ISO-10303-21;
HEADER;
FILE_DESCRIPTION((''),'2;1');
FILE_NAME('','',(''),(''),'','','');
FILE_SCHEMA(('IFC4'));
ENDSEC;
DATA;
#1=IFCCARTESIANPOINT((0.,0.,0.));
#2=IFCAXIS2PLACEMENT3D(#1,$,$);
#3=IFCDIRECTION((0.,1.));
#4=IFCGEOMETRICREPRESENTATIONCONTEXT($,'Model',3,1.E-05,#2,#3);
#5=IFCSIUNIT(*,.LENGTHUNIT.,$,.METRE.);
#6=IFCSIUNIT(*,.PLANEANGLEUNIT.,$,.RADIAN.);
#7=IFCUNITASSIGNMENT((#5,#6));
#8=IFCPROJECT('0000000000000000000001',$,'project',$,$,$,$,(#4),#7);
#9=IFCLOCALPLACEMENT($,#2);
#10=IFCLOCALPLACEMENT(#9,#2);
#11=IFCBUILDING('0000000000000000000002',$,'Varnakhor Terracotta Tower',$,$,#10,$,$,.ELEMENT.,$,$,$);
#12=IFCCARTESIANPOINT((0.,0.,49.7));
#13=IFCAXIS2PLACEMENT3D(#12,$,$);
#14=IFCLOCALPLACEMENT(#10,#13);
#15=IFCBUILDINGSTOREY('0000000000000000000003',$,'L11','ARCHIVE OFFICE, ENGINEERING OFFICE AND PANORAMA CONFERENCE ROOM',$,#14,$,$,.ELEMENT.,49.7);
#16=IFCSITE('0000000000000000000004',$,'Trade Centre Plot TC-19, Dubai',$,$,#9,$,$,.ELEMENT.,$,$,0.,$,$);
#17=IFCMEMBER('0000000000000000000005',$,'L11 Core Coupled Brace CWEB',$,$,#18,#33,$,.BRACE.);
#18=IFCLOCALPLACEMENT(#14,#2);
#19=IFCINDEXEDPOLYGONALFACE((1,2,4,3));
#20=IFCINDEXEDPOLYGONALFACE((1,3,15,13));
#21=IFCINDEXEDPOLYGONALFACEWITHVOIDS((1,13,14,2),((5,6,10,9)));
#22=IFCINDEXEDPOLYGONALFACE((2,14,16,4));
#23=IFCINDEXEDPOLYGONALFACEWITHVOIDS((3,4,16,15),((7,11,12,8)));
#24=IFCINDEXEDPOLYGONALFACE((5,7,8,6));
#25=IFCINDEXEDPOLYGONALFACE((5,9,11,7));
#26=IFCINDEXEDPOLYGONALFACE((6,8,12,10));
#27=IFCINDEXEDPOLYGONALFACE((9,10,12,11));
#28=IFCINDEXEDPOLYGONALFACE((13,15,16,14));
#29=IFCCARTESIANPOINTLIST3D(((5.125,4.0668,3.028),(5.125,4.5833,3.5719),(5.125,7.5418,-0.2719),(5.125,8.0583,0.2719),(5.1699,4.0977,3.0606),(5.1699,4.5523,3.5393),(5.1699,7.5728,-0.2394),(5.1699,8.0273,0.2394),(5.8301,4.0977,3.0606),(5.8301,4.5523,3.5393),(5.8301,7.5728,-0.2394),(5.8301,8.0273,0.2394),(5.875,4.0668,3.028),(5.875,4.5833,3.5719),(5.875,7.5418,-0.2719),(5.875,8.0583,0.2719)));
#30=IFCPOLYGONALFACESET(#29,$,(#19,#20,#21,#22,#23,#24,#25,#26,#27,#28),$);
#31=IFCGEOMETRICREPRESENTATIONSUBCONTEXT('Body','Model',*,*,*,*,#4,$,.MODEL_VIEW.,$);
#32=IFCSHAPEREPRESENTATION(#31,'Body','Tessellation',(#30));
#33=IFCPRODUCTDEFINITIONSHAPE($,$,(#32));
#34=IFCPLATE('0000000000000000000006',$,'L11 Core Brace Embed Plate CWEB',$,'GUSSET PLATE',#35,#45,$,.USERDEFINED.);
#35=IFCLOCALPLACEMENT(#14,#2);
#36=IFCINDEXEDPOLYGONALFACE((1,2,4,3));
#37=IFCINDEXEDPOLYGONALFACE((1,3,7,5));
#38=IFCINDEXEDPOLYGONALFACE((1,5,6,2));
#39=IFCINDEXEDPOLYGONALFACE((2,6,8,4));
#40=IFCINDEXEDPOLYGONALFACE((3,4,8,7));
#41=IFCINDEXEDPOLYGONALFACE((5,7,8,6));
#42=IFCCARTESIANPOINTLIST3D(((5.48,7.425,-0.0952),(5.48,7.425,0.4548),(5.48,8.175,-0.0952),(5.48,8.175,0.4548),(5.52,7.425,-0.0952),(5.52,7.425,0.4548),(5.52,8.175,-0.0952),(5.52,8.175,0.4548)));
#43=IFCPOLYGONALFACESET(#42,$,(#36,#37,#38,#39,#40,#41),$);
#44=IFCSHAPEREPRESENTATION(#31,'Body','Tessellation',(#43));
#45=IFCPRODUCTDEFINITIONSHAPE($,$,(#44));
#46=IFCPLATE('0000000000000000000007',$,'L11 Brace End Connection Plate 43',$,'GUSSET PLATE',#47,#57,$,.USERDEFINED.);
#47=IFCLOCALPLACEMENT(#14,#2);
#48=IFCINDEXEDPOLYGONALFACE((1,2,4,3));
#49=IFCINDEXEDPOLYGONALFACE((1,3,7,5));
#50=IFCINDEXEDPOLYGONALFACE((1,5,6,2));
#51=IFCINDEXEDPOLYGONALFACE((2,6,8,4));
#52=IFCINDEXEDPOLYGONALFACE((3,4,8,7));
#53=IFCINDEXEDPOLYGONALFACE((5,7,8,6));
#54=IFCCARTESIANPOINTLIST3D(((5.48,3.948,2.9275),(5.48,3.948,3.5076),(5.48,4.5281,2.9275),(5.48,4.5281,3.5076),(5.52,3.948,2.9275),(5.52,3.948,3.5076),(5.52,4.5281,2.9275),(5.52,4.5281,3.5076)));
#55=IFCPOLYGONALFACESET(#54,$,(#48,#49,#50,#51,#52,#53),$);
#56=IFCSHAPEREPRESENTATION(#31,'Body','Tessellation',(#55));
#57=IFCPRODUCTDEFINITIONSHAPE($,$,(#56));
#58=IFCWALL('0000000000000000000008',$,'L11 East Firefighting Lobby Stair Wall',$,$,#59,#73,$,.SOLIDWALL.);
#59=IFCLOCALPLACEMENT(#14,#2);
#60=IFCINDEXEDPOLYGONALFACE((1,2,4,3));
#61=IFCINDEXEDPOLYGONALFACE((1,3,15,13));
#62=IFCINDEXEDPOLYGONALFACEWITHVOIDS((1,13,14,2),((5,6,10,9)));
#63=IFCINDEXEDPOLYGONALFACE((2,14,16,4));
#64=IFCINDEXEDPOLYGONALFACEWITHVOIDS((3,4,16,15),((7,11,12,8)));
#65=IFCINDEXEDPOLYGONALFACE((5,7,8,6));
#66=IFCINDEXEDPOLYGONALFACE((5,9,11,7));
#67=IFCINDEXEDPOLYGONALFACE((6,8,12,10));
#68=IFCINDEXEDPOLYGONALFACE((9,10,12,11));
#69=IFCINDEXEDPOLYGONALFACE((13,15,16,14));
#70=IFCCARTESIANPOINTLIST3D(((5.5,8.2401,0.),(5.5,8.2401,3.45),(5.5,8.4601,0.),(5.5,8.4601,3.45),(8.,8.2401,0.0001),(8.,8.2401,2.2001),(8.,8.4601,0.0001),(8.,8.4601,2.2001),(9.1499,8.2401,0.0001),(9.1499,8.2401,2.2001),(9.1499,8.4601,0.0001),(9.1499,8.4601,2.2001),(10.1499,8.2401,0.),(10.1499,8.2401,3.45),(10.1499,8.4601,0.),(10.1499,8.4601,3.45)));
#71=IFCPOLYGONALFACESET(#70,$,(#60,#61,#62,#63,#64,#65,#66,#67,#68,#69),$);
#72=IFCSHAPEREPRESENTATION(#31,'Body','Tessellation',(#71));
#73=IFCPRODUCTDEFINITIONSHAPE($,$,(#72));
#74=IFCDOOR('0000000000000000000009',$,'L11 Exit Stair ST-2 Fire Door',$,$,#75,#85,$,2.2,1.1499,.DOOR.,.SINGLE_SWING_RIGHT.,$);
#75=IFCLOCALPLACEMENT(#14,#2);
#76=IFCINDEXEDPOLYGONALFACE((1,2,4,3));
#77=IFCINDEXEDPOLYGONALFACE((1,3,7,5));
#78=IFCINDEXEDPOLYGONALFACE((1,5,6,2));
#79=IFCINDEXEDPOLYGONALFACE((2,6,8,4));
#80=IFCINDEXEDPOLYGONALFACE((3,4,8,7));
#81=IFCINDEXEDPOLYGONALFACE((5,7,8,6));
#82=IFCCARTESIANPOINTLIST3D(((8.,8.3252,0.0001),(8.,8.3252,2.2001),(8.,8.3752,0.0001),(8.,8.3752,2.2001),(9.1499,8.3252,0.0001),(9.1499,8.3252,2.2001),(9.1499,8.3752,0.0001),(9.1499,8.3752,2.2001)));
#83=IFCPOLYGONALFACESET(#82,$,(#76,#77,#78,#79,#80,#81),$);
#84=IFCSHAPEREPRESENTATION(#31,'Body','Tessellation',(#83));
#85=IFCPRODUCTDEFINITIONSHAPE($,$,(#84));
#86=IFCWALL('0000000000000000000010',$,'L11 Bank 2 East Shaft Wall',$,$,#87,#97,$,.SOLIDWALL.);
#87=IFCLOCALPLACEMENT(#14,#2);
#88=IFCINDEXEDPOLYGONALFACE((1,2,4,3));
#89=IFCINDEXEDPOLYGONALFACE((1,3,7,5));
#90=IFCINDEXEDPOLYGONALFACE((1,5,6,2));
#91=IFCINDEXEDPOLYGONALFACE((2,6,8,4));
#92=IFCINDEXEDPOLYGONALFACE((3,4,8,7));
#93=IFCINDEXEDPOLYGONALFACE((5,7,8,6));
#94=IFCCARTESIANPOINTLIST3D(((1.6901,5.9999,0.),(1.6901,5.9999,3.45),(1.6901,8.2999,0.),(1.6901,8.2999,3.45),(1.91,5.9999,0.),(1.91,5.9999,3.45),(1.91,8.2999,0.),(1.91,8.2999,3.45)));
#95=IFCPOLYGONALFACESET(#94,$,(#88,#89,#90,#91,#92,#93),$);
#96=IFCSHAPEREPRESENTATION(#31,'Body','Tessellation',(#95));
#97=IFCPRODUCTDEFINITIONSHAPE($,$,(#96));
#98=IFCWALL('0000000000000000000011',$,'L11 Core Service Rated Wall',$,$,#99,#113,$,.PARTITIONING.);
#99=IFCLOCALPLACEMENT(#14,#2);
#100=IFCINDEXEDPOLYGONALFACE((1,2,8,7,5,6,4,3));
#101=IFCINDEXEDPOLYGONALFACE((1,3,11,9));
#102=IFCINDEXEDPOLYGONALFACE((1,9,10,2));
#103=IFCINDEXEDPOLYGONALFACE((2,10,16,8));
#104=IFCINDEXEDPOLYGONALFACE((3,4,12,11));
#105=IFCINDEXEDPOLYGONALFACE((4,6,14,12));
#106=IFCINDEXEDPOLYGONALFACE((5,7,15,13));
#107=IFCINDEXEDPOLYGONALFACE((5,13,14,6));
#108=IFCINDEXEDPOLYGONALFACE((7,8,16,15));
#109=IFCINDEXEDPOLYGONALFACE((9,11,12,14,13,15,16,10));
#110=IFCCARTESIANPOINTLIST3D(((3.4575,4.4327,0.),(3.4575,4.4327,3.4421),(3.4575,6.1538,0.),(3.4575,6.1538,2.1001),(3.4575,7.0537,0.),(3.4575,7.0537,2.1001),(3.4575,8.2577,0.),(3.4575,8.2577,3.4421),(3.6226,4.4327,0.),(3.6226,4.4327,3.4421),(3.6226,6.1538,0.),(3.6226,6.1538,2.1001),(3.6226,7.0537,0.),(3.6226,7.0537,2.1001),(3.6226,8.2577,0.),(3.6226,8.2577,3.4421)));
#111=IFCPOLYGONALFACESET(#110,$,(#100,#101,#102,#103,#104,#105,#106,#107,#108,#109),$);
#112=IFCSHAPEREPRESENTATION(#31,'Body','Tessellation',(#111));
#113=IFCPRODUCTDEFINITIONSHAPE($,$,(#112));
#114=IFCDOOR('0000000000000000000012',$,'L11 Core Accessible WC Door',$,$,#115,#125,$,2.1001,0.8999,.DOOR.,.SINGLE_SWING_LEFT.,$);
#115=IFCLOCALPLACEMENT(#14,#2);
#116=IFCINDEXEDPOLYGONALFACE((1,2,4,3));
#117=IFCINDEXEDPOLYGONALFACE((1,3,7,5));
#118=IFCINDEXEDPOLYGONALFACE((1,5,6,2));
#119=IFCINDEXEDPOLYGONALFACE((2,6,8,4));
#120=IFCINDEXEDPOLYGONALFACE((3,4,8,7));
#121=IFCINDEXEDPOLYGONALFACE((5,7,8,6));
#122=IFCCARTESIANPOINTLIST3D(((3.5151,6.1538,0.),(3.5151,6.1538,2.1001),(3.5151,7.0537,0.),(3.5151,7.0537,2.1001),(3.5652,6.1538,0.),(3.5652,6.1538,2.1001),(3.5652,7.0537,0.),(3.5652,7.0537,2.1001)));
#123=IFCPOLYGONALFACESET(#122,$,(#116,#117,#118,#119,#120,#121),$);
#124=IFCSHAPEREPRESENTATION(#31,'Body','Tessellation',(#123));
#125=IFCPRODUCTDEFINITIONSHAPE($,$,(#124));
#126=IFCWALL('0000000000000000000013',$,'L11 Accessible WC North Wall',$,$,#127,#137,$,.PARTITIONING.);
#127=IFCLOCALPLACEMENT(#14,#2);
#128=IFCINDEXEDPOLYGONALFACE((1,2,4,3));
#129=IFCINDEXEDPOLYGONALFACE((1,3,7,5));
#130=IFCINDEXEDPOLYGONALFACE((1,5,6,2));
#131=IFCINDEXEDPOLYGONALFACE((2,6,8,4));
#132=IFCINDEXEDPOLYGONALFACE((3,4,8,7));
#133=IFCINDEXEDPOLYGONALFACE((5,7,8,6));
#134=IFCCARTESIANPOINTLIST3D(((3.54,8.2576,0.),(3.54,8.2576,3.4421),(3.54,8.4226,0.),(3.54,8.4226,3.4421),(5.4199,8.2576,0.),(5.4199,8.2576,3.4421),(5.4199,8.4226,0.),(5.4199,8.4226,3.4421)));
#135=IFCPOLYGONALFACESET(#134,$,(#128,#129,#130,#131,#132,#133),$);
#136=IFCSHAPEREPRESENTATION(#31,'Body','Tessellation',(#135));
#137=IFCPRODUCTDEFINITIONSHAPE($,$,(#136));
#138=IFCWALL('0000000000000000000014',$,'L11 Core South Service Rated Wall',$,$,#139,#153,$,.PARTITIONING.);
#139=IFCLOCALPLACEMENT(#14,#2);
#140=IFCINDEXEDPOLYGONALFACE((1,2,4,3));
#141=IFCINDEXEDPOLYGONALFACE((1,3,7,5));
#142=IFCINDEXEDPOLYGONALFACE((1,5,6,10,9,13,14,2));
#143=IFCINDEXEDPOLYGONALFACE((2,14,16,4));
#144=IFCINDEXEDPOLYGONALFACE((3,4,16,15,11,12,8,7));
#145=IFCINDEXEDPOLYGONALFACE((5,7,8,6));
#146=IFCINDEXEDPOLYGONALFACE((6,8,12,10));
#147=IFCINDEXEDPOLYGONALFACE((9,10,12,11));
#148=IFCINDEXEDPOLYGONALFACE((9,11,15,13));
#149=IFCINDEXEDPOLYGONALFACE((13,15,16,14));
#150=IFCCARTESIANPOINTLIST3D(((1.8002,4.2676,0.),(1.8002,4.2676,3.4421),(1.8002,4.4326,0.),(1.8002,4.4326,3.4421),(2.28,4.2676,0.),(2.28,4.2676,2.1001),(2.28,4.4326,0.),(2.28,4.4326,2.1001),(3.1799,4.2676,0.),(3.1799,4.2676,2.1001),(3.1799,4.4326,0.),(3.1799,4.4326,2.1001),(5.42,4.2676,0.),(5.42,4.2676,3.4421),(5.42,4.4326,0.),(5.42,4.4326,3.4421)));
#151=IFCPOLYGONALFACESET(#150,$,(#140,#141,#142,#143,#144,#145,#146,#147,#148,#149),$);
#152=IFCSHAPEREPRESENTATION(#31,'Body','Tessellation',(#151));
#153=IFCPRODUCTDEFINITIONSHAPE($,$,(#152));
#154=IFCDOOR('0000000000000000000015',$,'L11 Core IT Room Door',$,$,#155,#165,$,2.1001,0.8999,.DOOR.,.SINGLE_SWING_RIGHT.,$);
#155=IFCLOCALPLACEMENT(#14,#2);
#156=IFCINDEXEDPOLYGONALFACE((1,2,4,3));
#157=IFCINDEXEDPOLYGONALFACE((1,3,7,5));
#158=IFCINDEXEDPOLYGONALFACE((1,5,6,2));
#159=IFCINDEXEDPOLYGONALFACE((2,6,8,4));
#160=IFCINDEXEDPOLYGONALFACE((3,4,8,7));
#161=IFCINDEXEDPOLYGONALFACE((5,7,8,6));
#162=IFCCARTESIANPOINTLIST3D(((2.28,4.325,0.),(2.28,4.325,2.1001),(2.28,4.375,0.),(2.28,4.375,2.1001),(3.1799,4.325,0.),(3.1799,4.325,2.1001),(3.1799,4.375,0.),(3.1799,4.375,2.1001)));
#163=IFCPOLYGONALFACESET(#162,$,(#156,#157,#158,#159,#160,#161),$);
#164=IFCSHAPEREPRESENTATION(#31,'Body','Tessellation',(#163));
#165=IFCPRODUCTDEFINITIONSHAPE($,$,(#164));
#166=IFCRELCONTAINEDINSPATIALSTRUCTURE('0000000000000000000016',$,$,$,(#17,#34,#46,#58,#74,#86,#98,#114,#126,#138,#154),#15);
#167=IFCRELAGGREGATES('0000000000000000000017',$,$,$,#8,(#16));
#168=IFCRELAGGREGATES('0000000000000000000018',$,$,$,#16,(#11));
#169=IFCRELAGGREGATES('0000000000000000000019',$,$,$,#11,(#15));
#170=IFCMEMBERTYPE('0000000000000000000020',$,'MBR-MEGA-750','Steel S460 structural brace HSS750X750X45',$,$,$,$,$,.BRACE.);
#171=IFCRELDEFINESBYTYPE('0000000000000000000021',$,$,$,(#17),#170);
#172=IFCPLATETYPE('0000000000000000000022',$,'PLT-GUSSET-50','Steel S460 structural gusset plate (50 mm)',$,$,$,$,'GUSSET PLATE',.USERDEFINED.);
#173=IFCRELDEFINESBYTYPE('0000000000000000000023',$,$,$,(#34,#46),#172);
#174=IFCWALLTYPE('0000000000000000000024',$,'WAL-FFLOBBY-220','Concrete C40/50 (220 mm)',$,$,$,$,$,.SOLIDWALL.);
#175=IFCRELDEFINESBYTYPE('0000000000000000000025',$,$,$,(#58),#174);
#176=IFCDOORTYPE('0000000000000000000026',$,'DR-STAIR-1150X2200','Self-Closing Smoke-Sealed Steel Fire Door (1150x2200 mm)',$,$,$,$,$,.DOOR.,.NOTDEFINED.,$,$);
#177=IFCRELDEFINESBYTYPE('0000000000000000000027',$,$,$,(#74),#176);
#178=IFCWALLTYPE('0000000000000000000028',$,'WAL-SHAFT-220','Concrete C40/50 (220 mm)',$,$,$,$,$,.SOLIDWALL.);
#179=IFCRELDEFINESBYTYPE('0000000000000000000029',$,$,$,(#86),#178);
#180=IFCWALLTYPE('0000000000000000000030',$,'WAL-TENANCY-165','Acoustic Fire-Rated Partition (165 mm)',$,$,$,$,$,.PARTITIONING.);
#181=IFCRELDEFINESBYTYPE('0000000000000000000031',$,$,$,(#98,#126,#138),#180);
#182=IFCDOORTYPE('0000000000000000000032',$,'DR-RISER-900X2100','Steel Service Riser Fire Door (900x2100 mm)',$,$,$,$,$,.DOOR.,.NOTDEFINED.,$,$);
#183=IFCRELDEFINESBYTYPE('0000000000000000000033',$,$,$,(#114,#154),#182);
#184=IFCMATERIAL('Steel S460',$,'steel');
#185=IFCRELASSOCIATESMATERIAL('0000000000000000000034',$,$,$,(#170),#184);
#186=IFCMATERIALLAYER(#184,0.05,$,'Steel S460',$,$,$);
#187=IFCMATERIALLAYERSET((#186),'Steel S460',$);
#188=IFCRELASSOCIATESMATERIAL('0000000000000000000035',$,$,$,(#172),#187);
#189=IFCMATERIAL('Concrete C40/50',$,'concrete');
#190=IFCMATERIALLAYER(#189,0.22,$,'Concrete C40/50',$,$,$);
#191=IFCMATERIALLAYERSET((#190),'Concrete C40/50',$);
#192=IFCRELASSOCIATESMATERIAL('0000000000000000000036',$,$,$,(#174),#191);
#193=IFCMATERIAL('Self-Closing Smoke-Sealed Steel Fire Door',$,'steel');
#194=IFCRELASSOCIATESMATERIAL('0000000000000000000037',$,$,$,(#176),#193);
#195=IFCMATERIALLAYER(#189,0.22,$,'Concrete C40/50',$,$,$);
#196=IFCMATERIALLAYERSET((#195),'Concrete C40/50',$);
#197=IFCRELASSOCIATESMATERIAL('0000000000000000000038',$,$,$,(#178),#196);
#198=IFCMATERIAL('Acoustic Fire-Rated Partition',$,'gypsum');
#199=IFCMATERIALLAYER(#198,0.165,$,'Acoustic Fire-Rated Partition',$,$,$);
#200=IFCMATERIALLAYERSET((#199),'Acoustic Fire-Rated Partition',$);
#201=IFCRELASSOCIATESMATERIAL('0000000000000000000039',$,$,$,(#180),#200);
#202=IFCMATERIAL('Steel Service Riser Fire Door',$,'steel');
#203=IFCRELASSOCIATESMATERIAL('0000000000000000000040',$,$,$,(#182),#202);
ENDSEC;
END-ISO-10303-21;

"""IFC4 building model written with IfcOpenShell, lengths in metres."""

from ifc_helpers import new_model, si_unit, direction, frame, frame_2d, origin, origin_2d, place, context, subcontext, project, spatial, rectangle, hollow_rectangle, extrude, source, transform, mapped, material, layer, layer_set, material_profile, profile_set, type_object, type_shapes, element, fill, save


model = new_model("IFC4")

# Units and contexts
model_context = context("Model", 3, precision=1e-05, world=origin(), true_north=direction((0.0, 1.0)))
body_context = subcontext(model_context, "Body", "Model", "MODEL_VIEW")
ifc_project = project(units=[si_unit("LENGTHUNIT", "METRE"), si_unit("PLANEANGLEUNIT", "RADIAN")], contexts=[model_context])

# Site, building, storey
site_placement = place(None, origin())
site = spatial("IfcSite", under=ifc_project, at=site_placement, Name="Trade Centre Plot TC-19, Dubai", CompositionType="ELEMENT", RefElevation=0.0)
building_placement = place(site_placement, origin())
building = spatial("IfcBuilding", under=site, at=building_placement, Name="Varnakhor Terracotta Tower", CompositionType="ELEMENT")
storey_placement = place(building_placement, frame((0.0, 0.0, 49.7)))
storey = spatial("IfcBuildingStorey", under=building, at=storey_placement, Name="L11", Description="ARCHIVE OFFICE, ENGINEERING OFFICE AND PANORAMA CONFERENCE ROOM", CompositionType="ELEMENT", Elevation=49.7)

# Member
ifc_material_1 = material(Name="Steel S460", Category="steel")
ifc_material_profile = material_profile(ifc_material_1, hollow_rectangle(XDim=0.75, YDim=0.75, WallThickness=0.0449, at=origin_2d()), Name="HSS750X750X45")
ifc_profile_set = profile_set([ifc_material_profile], Name="Steel S460")
member_type = type_object("IfcMemberType", Name="MBR-MEGA-750", Description="Steel S460 structural brace HSS750X750X45", PredefinedType="BRACE", material=ifc_profile_set)
shared_shape_1 = source(origin(), body_context, "Body", "SweptSolid", [
    extrude(hollow_rectangle(XDim=0.75, YDim=0.75, WallThickness=0.0449, at=origin_2d()), origin(), (0.0, 0.0, 1.0), 4.7922),
])
member_placement = place(storey_placement, frame((5.5, 7.8, 0.0), z_axis=(0.0, -0.725134, 0.688608), x_axis=(1.0, 0.0, 0.0)))
element("IfcMember", 1, at=member_placement, inside=storey, type_object=member_type, Name="L11 Core Coupled Brace CWEB", PredefinedType="BRACE", context=body_context, shape_type="MappedRepresentation", body=[
    mapped(shared_shape_1, transform((0.0, 0.0, 0.0), scale=1.0)),
])

# Plates
ifc_layer_1 = layer(ifc_material_1, 0.05, Name="Steel S460")
ifc_layer_set_1 = layer_set([ifc_layer_1], Name="Steel S460")
plate_type = type_object("IfcPlateType", Name="PLT-GUSSET-50", Description="Steel S460 structural gusset plate (50 mm)", ElementType="GUSSET PLATE", PredefinedType="USERDEFINED", material=ifc_layer_set_1)
shared_shape_2 = source(origin(), body_context, "Body", "SweptSolid", [
    extrude(rectangle(XDim=0.75, YDim=0.04, at=origin_2d()), origin(), (0.0, 0.0, 1.0), 0.55),
])
type_shapes(plate_type, [shared_shape_2])
plate_1_placement = place(storey_placement, frame((5.5, 7.8, -0.0952), z_axis=(0.0, 0.0, 1.0), x_axis=(0.0, 1.0, 0.0)))
element("IfcPlate", 2, at=plate_1_placement, inside=storey, type_object=plate_type, Name="L11 Core Brace Embed Plate CWEB", ObjectType="GUSSET PLATE", PredefinedType="USERDEFINED", context=body_context, shape_type="MappedRepresentation", body=[
    mapped(shared_shape_2, transform((0.0, 0.0, 0.0), scale=1.0)),
])
shared_shape_3 = source(origin(), body_context, "Body", "SweptSolid", [
    extrude(rectangle(XDim=0.5801, YDim=0.04, at=origin_2d()), origin(), (0.0, 0.0, 1.0), 0.5801),
])
plate_2_placement = place(storey_placement, frame((5.5, 4.238, 2.9275), z_axis=(0.0, 0.0, 1.0), x_axis=(0.0, 1.0, 0.0)))
element("IfcPlate", 3, at=plate_2_placement, inside=storey, type_object=plate_type, Name="L11 Brace End Connection Plate 43", ObjectType="GUSSET PLATE", PredefinedType="USERDEFINED", context=body_context, shape_type="MappedRepresentation", body=[
    mapped(shared_shape_3, transform((0.0, 0.0, 0.0), scale=1.0)),
])

# Wall, opening, door
ifc_material_2 = material(Name="Concrete C40/50", Category="concrete")
ifc_layer_2 = layer(ifc_material_2, 0.22, Name="Concrete C40/50")
ifc_layer_set_2 = layer_set([ifc_layer_2], Name="Concrete C40/50")
wall_type_1 = type_object("IfcWallType", Name="WAL-FFLOBBY-220", Description="Concrete C40/50 (220 mm)", PredefinedType="SOLIDWALL", material=ifc_layer_set_2)
wall_1_placement = place(storey_placement, frame((10.1499, 8.3501, 0.0), z_axis=(0.0, 0.0, 1.0), x_axis=(-1.0, 0.0, 0.0)))
wall_1 = element("IfcWall", 4, at=wall_1_placement, inside=storey, type_object=wall_type_1, Name="L11 East Firefighting Lobby Stair Wall", PredefinedType="SOLIDWALL", context=body_context, shape_type="SweptSolid", body=[
    extrude(rectangle(XDim=4.6499, YDim=0.22, at=frame_2d((2.325, 0.0))), origin(), (0.0, 0.0, 1.0), 3.45),
])
opening_1_placement = place(wall_1_placement, frame((1.0, 0.0, 0.0)))
opening_1 = element("IfcOpeningElement", 5, at=opening_1_placement, cuts=wall_1, PredefinedType="OPENING", context=body_context, shape_type="SweptSolid", body=[
    extrude(rectangle(XDim=1.1499, YDim=2.2, at=frame_2d((0.575, 1.1001))), frame((0.0, 0.1201, 0.0), z_axis=(0.0, -1.0, 0.0), x_axis=(1.0, 0.0, 0.0)), (0.0, 0.0, 1.0), 0.24),
])
ifc_material_3 = material(Name="Self-Closing Smoke-Sealed Steel Fire Door", Category="steel")
door_type_1 = type_object("IfcDoorType", Name="DR-STAIR-1150X2200", Description="Self-Closing Smoke-Sealed Steel Fire Door (1150x2200 mm)", OperationType="NOTDEFINED", PredefinedType="DOOR", material=ifc_material_3)
shared_shape_4 = source(origin(), body_context, "Body", "SweptSolid", [
    extrude(rectangle(XDim=1.1499, YDim=2.2, at=frame_2d((0.575, 1.1001))), frame((0.0, 0.0249, 0.0), z_axis=(0.0, -1.0, 0.0), x_axis=(1.0, 0.0, 0.0)), (0.0, 0.0, 1.0), 0.05),
])
type_shapes(door_type_1, [shared_shape_4])
door_1_placement = place(opening_1_placement, origin())
door_1 = element("IfcDoor", 6, at=door_1_placement, inside=storey, type_object=door_type_1, Name="L11 Exit Stair ST-2 Fire Door", OperationType="SINGLE_SWING_RIGHT", OverallHeight=2.2, OverallWidth=1.1499, PredefinedType="DOOR", context=body_context, shape_type="MappedRepresentation", body=[
    mapped(shared_shape_4, transform((0.0, 0.0, 0.0), scale=1.0)),
])
fill(opening_1, door_1)

# Wall
ifc_layer_3 = layer(ifc_material_2, 0.22, Name="Concrete C40/50")
ifc_layer_set_3 = layer_set([ifc_layer_3], Name="Concrete C40/50")
wall_type_2 = type_object("IfcWallType", Name="WAL-SHAFT-220", Description="Concrete C40/50 (220 mm)", PredefinedType="SOLIDWALL", material=ifc_layer_set_3)
wall_2_placement = place(storey_placement, frame((1.8, 6.0, 0.0), z_axis=(0.0, 0.0, 1.0), x_axis=(0.0, 1.0, 0.0)))
element("IfcWall", 7, at=wall_2_placement, inside=storey, type_object=wall_type_2, Name="L11 Bank 2 East Shaft Wall", PredefinedType="SOLIDWALL", context=body_context, shape_type="SweptSolid", body=[
    extrude(rectangle(XDim=2.3, YDim=0.22, at=frame_2d((1.1499, 0.0))), origin(), (0.0, 0.0, 1.0), 3.45),
])

# Wall, opening, door
ifc_material_4 = material(Name="Acoustic Fire-Rated Partition", Category="gypsum")
ifc_layer_4 = layer(ifc_material_4, 0.165, Name="Acoustic Fire-Rated Partition")
ifc_layer_set_4 = layer_set([ifc_layer_4], Name="Acoustic Fire-Rated Partition")
wall_type_3 = type_object("IfcWallType", Name="WAL-TENANCY-165", Description="Acoustic Fire-Rated Partition (165 mm)", PredefinedType="PARTITIONING", material=ifc_layer_set_4)
wall_3_placement = place(storey_placement, frame((3.54, 4.4326, 0.0), z_axis=(0.0, 0.0, 1.0), x_axis=(0.0, 1.0, 0.0)))
wall_3 = element("IfcWall", 8, at=wall_3_placement, inside=storey, type_object=wall_type_3, Name="L11 Core Service Rated Wall", PredefinedType="PARTITIONING", context=body_context, shape_type="SweptSolid", body=[
    extrude(rectangle(XDim=3.825, YDim=0.165, at=frame_2d((1.9126, 0.0))), origin(), (0.0, 0.0, 1.0), 3.4421),
])
opening_2_placement = place(wall_3_placement, frame((1.7212, 0.0, 0.0)))
opening_2 = element("IfcOpeningElement", 9, at=opening_2_placement, cuts=wall_3, PredefinedType="OPENING", context=body_context, shape_type="SweptSolid", body=[
    extrude(rectangle(XDim=0.8999, YDim=2.1001, at=frame_2d((0.45, 1.05))), frame((0.0, 0.0925, 0.0), z_axis=(0.0, -1.0, 0.0), x_axis=(1.0, 0.0, 0.0)), (0.0, 0.0, 1.0), 0.1851),
])
ifc_material_5 = material(Name="Steel Service Riser Fire Door", Category="steel")
door_type_2 = type_object("IfcDoorType", Name="DR-RISER-900X2100", Description="Steel Service Riser Fire Door (900x2100 mm)", OperationType="NOTDEFINED", PredefinedType="DOOR", material=ifc_material_5)
shared_shape_5 = source(origin(), body_context, "Body", "SweptSolid", [
    extrude(rectangle(XDim=0.8999, YDim=2.1001, at=frame_2d((0.45, 1.05))), frame((0.0, 0.0249, 0.0), z_axis=(0.0, -1.0, 0.0), x_axis=(1.0, 0.0, 0.0)), (0.0, 0.0, 1.0), 0.05),
])
type_shapes(door_type_2, [shared_shape_5])
door_2_placement = place(opening_2_placement, origin())
door_2 = element("IfcDoor", 10, at=door_2_placement, inside=storey, type_object=door_type_2, Name="L11 Core Accessible WC Door", OperationType="SINGLE_SWING_LEFT", OverallHeight=2.1001, OverallWidth=0.8999, PredefinedType="DOOR", context=body_context, shape_type="MappedRepresentation", body=[
    mapped(shared_shape_5, transform((0.0, 0.0, 0.0), scale=1.0)),
])
fill(opening_2, door_2)

# Wall
wall_4_placement = place(storey_placement, frame((3.54, 8.3401, 0.0), z_axis=(0.0, 0.0, 1.0), x_axis=(1.0, 0.0, 0.0)))
element("IfcWall", 11, at=wall_4_placement, inside=storey, type_object=wall_type_3, Name="L11 Accessible WC North Wall", PredefinedType="PARTITIONING", context=body_context, shape_type="SweptSolid", body=[
    extrude(rectangle(XDim=1.8799, YDim=0.165, at=frame_2d((0.9399, 0.0))), origin(), (0.0, 0.0, 1.0), 3.4421),
])

# Wall, opening, door
wall_5_placement = place(storey_placement, frame((1.8, 4.3501, 0.0), z_axis=(0.0, 0.0, 1.0), x_axis=(1.0, 0.0, 0.0)))
wall_5 = element("IfcWall", 12, at=wall_5_placement, inside=storey, type_object=wall_type_3, Name="L11 Core South Service Rated Wall", PredefinedType="PARTITIONING", context=body_context, shape_type="SweptSolid", body=[
    extrude(rectangle(XDim=3.6199, YDim=0.165, at=frame_2d((1.8101, 0.0))), origin(), (0.0, 0.0, 1.0), 3.4421),
])
opening_3_placement = place(wall_5_placement, frame((0.48, 0.0, 0.0)))
opening_3 = element("IfcOpeningElement", 13, at=opening_3_placement, cuts=wall_5, PredefinedType="OPENING", context=body_context, shape_type="SweptSolid", body=[
    extrude(rectangle(XDim=0.8999, YDim=2.1001, at=frame_2d((0.45, 1.05))), frame((0.0, 0.0925, 0.0), z_axis=(0.0, -1.0, 0.0), x_axis=(1.0, 0.0, 0.0)), (0.0, 0.0, 1.0), 0.1851),
])
door_3_placement = place(opening_3_placement, origin())
door_3 = element("IfcDoor", 14, at=door_3_placement, inside=storey, type_object=door_type_2, Name="L11 Core IT Room Door", OperationType="SINGLE_SWING_RIGHT", OverallHeight=2.1001, OverallWidth=0.8999, PredefinedType="DOOR", context=body_context, shape_type="MappedRepresentation", body=[
    mapped(shared_shape_5, transform((0.0, 0.0, 0.0), scale=1.0)),
])
fill(opening_3, door_3)

save(model, "model.ifc")
